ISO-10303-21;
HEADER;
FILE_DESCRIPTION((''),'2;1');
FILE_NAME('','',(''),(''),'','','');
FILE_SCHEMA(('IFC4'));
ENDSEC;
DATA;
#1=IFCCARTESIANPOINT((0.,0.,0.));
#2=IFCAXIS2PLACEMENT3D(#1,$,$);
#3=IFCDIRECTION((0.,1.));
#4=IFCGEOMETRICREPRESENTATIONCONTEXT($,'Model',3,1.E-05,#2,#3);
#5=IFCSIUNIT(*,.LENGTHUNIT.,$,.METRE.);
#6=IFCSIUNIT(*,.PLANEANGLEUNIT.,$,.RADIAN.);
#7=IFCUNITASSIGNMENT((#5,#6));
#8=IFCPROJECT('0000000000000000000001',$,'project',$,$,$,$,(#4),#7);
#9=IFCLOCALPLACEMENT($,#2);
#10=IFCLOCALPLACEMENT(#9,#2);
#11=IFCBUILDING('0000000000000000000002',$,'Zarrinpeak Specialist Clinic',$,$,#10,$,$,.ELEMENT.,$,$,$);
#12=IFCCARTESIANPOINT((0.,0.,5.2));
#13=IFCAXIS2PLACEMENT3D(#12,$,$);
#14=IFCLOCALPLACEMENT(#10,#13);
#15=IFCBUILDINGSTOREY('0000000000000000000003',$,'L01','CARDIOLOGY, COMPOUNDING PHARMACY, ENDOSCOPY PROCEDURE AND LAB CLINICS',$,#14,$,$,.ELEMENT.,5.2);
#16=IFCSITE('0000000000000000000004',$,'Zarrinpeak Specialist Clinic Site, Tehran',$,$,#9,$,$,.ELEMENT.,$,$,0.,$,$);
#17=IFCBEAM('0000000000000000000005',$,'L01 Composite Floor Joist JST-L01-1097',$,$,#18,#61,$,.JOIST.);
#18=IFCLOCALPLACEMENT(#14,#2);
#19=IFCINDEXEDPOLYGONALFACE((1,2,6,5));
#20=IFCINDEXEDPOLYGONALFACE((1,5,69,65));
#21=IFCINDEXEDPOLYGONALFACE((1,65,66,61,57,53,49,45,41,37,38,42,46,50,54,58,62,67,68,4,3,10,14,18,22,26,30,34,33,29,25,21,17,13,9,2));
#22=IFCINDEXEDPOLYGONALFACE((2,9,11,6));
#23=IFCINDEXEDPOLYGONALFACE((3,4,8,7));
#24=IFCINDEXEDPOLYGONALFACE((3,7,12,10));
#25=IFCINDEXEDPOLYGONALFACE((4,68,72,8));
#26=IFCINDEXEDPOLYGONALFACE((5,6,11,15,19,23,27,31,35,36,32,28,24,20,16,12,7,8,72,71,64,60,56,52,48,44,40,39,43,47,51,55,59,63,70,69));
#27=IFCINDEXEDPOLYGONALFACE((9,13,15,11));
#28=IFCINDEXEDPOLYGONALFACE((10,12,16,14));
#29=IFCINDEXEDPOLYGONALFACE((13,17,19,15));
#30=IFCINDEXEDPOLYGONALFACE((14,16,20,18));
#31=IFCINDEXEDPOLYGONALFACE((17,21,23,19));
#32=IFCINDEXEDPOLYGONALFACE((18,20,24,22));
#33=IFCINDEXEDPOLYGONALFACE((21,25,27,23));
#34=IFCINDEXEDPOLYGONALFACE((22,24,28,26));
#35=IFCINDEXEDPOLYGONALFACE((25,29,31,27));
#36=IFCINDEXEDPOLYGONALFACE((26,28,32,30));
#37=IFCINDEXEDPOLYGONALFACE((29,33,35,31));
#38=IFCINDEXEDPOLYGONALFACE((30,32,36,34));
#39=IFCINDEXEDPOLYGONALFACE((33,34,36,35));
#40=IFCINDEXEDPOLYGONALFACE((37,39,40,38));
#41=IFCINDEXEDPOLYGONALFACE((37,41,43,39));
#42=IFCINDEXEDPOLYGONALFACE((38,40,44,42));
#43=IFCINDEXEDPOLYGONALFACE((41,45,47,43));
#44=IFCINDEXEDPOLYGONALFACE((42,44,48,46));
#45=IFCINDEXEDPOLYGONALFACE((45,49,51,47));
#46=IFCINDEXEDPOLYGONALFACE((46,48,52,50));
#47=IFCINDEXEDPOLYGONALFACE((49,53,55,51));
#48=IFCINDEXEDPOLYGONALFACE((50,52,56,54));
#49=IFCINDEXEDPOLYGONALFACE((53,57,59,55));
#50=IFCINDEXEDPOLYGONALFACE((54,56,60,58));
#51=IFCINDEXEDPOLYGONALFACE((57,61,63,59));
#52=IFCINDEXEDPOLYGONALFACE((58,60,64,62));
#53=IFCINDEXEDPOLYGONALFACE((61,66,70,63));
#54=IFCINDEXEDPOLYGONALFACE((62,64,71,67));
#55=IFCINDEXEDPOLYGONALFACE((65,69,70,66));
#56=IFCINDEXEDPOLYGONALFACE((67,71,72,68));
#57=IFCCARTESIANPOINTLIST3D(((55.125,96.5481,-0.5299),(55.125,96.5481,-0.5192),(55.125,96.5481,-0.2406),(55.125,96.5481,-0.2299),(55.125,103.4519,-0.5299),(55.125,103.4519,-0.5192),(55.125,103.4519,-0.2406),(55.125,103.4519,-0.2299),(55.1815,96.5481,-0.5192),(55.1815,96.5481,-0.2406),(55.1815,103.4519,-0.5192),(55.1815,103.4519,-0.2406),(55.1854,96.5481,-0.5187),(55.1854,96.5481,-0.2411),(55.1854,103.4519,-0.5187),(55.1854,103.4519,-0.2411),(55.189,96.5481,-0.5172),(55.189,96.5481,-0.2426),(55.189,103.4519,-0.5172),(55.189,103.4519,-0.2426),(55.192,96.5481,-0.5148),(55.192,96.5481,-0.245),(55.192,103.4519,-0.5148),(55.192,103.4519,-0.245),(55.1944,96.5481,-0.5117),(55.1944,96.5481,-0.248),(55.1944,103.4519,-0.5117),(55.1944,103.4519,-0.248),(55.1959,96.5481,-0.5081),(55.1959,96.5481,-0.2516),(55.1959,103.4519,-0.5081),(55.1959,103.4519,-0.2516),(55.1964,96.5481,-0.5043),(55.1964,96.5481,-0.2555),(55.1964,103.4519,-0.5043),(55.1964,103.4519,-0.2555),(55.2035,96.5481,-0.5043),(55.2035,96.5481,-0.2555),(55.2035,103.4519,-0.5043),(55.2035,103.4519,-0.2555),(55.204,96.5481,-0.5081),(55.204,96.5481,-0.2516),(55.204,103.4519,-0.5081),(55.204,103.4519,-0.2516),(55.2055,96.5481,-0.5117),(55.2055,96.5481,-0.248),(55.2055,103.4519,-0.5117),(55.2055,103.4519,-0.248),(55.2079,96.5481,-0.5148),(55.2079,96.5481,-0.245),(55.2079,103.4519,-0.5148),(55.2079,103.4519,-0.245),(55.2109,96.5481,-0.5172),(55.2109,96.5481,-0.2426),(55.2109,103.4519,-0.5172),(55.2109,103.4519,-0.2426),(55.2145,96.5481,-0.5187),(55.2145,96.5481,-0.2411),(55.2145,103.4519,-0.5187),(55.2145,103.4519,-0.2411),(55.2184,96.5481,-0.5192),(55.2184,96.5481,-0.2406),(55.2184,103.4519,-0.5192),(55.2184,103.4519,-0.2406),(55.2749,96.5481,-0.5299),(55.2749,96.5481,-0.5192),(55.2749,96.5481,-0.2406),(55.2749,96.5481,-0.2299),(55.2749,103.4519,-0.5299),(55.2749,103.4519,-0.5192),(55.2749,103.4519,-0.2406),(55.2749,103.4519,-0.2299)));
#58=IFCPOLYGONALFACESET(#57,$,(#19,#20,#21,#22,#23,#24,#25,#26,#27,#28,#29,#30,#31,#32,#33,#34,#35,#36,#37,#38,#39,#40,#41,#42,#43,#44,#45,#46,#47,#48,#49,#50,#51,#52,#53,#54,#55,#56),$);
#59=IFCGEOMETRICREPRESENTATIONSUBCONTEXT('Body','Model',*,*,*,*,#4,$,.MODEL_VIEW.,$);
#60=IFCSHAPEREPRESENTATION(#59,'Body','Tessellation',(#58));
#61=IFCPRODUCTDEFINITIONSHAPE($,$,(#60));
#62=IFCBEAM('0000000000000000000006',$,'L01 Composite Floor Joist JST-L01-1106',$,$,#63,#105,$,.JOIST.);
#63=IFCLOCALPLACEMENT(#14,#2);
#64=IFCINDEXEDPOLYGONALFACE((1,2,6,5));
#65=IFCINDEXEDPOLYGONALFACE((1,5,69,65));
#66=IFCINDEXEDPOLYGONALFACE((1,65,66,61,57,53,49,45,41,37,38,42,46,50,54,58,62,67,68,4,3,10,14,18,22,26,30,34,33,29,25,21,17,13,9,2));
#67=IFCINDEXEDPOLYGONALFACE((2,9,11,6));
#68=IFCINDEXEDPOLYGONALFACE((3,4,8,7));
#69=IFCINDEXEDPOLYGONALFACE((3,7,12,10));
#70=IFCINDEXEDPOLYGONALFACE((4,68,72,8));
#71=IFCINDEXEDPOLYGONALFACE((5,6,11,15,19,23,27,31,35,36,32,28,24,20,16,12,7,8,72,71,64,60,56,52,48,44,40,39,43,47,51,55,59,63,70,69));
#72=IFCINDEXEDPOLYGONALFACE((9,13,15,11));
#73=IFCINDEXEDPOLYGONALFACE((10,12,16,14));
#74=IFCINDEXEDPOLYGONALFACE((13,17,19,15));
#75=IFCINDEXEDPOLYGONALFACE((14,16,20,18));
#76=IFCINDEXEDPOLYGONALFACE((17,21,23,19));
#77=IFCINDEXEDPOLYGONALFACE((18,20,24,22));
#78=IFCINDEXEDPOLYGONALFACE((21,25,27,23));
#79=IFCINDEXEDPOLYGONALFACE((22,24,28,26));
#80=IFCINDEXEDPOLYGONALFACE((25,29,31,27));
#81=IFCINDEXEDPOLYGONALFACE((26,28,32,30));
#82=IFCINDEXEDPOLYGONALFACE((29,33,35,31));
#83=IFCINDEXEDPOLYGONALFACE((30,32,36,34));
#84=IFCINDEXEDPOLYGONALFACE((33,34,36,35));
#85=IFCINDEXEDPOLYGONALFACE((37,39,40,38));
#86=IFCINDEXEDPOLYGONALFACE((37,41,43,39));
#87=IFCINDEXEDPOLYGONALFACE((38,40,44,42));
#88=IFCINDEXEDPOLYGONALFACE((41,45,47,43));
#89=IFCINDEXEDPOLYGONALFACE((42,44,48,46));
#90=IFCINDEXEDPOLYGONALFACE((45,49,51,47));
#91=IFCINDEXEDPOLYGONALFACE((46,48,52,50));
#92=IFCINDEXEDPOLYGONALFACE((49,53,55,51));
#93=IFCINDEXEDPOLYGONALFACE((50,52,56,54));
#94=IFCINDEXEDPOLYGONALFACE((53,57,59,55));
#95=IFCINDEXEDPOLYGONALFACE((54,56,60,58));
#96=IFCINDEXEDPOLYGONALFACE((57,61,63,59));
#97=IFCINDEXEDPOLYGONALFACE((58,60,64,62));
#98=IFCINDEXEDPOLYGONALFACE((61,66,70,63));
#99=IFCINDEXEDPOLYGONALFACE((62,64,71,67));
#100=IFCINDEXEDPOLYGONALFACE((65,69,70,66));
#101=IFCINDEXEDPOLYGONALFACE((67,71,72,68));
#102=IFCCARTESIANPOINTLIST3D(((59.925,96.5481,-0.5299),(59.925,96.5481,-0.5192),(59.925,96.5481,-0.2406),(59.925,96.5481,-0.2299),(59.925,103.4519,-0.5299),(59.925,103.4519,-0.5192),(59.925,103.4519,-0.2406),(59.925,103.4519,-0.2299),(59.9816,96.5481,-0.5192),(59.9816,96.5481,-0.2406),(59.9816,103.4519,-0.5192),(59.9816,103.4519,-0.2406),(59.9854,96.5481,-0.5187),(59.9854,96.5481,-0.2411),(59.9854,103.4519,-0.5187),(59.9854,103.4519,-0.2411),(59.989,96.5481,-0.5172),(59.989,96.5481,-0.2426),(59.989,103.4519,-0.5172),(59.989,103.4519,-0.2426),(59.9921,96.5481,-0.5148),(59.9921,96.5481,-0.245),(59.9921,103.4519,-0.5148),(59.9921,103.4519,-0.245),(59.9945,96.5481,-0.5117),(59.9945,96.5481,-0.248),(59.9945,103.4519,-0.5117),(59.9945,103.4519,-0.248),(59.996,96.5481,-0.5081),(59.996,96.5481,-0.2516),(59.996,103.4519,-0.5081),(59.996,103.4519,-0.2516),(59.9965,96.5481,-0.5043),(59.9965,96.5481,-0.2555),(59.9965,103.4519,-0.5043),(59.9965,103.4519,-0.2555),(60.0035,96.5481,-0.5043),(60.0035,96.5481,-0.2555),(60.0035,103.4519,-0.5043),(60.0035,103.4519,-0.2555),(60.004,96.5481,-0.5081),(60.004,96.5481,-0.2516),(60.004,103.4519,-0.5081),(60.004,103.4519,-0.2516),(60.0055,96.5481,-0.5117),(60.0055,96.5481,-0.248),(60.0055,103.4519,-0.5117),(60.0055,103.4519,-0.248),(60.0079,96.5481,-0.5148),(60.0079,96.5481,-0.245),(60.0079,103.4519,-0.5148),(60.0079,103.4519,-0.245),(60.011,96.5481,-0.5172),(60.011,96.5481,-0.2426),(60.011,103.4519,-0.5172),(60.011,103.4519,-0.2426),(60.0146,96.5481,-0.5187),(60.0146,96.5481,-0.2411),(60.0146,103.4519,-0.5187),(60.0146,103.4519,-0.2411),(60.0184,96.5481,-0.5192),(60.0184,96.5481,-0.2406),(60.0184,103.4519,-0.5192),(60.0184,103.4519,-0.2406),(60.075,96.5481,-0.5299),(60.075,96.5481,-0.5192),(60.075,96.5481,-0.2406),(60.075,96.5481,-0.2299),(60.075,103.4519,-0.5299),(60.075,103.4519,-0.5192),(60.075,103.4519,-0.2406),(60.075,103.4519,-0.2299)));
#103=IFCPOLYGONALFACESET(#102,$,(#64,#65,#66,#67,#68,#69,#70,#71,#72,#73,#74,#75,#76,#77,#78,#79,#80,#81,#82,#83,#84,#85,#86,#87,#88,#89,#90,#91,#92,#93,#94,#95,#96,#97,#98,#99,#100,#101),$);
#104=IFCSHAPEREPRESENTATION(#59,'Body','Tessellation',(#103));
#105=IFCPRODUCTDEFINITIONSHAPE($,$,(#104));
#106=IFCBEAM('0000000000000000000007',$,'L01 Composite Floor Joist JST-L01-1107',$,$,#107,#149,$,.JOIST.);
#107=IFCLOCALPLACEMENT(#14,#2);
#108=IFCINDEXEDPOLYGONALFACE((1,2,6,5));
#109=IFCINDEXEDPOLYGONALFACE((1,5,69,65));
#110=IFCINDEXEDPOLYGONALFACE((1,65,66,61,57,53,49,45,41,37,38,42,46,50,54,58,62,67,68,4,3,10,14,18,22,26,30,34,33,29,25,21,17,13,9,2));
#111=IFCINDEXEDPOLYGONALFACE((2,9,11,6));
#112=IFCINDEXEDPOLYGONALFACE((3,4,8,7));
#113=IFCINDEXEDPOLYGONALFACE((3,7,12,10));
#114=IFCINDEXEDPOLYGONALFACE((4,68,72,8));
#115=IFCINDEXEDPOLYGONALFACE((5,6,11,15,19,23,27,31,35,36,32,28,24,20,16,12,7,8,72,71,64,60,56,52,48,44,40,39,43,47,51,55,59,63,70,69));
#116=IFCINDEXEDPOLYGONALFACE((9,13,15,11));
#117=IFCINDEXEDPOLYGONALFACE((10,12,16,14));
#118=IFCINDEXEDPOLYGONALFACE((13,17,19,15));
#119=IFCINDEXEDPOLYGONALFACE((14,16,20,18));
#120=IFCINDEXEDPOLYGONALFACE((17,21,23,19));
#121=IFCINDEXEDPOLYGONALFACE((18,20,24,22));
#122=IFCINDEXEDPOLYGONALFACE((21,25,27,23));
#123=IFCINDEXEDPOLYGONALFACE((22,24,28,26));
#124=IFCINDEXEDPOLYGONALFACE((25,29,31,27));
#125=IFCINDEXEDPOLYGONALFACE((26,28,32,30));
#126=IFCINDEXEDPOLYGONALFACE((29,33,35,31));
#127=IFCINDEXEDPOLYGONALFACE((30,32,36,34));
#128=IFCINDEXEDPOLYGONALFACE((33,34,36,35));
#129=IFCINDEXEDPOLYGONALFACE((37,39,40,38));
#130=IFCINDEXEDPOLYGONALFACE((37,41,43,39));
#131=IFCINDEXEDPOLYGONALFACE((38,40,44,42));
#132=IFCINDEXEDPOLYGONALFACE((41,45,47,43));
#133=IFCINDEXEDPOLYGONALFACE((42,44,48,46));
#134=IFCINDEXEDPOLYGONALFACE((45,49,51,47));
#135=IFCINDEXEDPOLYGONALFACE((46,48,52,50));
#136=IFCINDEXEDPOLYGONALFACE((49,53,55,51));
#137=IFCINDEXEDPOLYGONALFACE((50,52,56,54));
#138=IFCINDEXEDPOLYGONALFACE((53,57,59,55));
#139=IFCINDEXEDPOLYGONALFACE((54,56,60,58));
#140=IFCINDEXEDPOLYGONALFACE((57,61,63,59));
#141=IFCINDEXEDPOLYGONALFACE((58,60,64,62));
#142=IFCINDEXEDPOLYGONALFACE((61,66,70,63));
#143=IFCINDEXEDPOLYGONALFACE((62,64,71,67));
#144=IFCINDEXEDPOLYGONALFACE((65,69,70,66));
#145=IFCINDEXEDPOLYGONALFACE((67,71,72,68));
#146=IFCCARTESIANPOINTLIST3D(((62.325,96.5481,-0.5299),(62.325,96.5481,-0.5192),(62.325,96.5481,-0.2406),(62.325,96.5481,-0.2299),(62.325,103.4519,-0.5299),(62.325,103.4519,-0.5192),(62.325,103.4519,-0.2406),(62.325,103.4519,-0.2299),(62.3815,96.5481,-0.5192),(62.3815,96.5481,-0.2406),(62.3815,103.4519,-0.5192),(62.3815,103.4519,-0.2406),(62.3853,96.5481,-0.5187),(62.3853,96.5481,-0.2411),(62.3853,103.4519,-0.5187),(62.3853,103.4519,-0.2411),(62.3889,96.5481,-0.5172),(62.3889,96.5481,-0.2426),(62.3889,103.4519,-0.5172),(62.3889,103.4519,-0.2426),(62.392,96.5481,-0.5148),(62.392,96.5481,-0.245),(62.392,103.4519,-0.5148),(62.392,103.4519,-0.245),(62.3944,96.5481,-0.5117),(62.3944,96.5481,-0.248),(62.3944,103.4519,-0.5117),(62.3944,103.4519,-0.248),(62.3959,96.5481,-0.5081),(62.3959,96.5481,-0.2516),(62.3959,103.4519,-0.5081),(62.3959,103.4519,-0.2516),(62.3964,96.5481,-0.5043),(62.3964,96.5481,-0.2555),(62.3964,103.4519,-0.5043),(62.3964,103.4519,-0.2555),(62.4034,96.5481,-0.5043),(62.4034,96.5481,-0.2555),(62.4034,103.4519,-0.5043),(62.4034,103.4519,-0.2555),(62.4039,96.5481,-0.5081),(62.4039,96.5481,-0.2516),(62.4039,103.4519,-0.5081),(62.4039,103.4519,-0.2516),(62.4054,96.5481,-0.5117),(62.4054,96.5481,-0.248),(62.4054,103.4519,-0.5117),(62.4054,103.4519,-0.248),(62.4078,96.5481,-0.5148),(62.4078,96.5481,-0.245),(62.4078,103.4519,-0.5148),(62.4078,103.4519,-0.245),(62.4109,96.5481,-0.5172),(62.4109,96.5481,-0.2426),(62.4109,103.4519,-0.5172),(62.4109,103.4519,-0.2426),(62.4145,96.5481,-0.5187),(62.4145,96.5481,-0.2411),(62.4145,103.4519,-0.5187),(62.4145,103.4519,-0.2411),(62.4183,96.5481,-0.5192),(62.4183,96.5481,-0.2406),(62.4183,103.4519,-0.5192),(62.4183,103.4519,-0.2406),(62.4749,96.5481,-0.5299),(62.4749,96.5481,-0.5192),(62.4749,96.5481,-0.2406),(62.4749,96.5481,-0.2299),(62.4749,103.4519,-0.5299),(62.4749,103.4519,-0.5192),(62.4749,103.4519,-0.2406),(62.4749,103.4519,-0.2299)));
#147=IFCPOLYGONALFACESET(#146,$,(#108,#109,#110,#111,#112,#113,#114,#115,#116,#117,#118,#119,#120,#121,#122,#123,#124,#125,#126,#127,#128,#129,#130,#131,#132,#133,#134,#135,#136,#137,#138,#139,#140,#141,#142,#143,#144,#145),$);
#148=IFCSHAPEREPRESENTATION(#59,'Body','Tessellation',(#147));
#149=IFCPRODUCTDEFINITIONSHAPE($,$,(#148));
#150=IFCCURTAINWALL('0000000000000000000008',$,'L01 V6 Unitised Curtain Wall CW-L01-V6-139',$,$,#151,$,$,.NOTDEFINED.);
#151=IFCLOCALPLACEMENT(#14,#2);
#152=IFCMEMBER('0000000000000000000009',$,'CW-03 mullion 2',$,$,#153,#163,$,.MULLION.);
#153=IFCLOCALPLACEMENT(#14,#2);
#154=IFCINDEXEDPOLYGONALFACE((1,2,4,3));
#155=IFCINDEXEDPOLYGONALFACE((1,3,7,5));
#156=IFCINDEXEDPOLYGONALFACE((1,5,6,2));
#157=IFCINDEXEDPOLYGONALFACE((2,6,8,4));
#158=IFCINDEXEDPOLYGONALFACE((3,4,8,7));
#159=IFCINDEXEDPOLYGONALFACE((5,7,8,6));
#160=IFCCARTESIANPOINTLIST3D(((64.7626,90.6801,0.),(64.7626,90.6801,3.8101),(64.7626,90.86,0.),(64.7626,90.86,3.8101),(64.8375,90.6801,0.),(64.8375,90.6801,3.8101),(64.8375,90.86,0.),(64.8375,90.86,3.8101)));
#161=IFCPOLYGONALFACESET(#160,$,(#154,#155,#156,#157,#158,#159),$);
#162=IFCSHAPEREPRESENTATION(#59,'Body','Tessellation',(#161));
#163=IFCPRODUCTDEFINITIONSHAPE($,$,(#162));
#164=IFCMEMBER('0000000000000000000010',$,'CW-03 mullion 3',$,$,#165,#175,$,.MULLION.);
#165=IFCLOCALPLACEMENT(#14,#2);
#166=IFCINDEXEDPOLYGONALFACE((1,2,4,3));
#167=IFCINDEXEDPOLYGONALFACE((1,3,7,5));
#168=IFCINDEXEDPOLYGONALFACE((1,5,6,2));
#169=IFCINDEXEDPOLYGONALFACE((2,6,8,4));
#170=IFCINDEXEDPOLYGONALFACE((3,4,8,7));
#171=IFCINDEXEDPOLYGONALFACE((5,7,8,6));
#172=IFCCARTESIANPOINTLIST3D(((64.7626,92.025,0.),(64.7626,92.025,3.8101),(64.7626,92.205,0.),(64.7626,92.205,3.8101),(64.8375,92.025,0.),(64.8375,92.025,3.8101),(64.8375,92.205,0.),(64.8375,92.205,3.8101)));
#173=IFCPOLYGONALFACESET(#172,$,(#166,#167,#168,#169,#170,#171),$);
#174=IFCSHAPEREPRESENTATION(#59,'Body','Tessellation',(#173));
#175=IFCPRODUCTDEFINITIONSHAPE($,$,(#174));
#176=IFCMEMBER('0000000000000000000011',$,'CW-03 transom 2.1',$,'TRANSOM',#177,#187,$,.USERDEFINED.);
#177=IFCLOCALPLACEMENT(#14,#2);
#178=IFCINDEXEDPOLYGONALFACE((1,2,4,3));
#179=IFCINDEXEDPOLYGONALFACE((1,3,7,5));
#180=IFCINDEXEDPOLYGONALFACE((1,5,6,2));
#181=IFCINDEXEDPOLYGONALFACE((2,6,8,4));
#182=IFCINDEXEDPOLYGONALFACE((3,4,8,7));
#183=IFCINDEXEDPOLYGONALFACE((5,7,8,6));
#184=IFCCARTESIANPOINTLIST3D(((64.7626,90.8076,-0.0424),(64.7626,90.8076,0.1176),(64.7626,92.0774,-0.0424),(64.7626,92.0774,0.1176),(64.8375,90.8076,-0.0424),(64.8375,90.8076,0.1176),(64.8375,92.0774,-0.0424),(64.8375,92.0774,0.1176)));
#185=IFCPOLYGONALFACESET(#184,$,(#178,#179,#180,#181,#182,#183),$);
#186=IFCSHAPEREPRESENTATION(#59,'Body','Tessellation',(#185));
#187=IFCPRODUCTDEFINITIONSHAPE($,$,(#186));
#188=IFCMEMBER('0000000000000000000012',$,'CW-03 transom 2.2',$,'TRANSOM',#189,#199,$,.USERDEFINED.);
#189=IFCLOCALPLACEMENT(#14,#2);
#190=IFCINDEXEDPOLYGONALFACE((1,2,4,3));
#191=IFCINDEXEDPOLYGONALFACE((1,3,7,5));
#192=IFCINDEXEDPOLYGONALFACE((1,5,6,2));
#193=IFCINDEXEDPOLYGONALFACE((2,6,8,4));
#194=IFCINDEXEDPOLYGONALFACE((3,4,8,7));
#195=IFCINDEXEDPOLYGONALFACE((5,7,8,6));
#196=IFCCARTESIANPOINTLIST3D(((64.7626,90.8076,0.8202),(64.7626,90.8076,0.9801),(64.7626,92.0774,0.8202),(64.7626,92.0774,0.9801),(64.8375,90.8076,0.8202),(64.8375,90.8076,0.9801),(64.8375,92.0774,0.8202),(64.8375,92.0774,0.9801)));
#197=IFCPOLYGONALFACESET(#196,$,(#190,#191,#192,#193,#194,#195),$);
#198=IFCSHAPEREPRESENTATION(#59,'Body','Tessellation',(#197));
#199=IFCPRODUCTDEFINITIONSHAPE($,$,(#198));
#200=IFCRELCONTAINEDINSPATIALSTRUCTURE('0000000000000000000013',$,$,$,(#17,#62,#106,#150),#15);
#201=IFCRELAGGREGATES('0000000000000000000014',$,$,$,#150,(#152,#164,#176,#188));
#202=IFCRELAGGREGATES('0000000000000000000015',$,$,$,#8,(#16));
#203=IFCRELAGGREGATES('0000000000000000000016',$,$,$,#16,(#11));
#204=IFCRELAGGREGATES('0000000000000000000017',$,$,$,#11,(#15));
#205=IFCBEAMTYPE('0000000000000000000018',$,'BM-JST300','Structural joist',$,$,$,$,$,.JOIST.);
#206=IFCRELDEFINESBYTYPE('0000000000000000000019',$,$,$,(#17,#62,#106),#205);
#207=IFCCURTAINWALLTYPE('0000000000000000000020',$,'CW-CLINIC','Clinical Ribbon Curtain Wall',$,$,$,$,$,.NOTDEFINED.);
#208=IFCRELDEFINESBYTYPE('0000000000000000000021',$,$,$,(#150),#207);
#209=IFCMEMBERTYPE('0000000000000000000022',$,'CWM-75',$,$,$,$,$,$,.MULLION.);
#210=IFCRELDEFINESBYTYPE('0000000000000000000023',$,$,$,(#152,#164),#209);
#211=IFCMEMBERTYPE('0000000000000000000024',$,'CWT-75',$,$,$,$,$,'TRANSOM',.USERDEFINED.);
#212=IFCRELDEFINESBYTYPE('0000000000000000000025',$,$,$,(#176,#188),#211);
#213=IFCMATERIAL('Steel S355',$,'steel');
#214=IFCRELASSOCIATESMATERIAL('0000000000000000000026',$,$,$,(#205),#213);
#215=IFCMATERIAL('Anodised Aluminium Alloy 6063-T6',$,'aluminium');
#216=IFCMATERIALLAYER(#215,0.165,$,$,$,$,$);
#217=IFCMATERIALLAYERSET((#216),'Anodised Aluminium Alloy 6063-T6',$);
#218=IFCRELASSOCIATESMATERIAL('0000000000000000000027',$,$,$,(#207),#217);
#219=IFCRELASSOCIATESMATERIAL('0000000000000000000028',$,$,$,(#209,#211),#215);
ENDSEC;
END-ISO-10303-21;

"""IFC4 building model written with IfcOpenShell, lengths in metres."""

from ifc_helpers import new_model, si_unit, direction, frame, origin, origin_2d, place, context, subcontext, project, spatial, rectangle, i_section, extrude, material, layer, layer_set, material_profile, profile_set, type_object, element, aggregate, save


model = new_model("IFC4")

# Units and contexts
model_context = context("Model", 3, precision=1e-05, world=origin(), true_north=direction((0.0, 1.0)))
body_context = subcontext(model_context, "Body", "Model", "MODEL_VIEW")
ifc_project = project(units=[si_unit("LENGTHUNIT", "METRE"), si_unit("PLANEANGLEUNIT", "RADIAN")], contexts=[model_context])

# Site, building, storey
site_placement = place(None, origin())
site = spatial("IfcSite", under=ifc_project, at=site_placement, Name="Zarrinpeak Specialist Clinic Site, Tehran", CompositionType="ELEMENT", RefElevation=0.0)
building_placement = place(site_placement, origin())
building = spatial("IfcBuilding", under=site, at=building_placement, Name="Zarrinpeak Specialist Clinic", CompositionType="ELEMENT")
storey_placement = place(building_placement, frame((0.0, 0.0, 5.2)))
storey = spatial("IfcBuildingStorey", under=building, at=storey_placement, Name="L01", Description="CARDIOLOGY, COMPOUNDING PHARMACY, ENDOSCOPY PROCEDURE AND LAB CLINICS", CompositionType="ELEMENT", Elevation=5.2)

# Shared definitions
ifc_material_1 = material(Name="Steel S355", Category="steel")

# Beams
ifc_material_profile_1 = material_profile(ifc_material_1, i_section(OverallWidth=0.1499, OverallDepth=0.3, WebThickness=0.0071, FlangeThickness=0.0107, FilletRadius=0.0149, at=origin_2d()), Name="IPE 300")
ifc_profile_set_1 = profile_set([ifc_material_profile_1], Name="Steel S355")
beam_type_1 = type_object("IfcBeamType", Name="BM-JST300", Description="Structural joist", PredefinedType="JOIST", material=ifc_profile_set_1)
for number, where, z_axis, x_axis, name in (
    (1, (55.2, 96.5481, -0.3799), (0.0, 1.0, 0.0), (-1.0, 0.0, 0.0), "L01 Composite Floor Joist JST-L01-1097"),
    (2, (60.0, 96.5481, -0.3799), (0.0, 1.0, 0.0), (-1.0, 0.0, 0.0), "L01 Composite Floor Joist JST-L01-1106"),
    (3, (62.3999, 96.5481, -0.3799), (0.0, 1.0, 0.0), (-1.0, 0.0, 0.0), "L01 Composite Floor Joist JST-L01-1107"),
):
    element("IfcBeam", number, at=place(storey_placement, frame(where, z_axis=z_axis, x_axis=x_axis)), inside=storey, type_object=beam_type_1, Name=name, PredefinedType="JOIST", context=body_context, shape_type="SweptSolid", body=[
        extrude(i_section(OverallWidth=0.1499, OverallDepth=0.3, WebThickness=0.0071, FlangeThickness=0.0107, FilletRadius=0.0149, at=origin_2d()), origin(), (0.0, 0.0, 1.0), 6.9038),
    ])

# Curtain wall, members
ifc_material_2 = material(Name="Anodised Aluminium Alloy 6063-T6", Category="aluminium")
ifc_layer_1 = layer(ifc_material_2, 0.165)
ifc_layer_set_1 = layer_set([ifc_layer_1], Name="Anodised Aluminium Alloy 6063-T6")
curtain_wall_type = type_object("IfcCurtainWallType", Name="CW-CLINIC", Description="Clinical Ribbon Curtain Wall", PredefinedType="NOTDEFINED", material=ifc_layer_set_1)
curtain_wall_placement = place(storey_placement, origin())
curtain_wall = element("IfcCurtainWall", 4, at=curtain_wall_placement, inside=storey, type_object=curtain_wall_type, Name="L01 V6 Unitised Curtain Wall CW-L01-V6-139", PredefinedType="NOTDEFINED")
ifc_material_profile_2 = material_profile(ifc_material_2, rectangle(XDim=0.075, YDim=0.1799, at=origin_2d()), Name="ALU 75x180")
ifc_profile_set_2 = profile_set([ifc_material_profile_2], Name="Anodised Aluminium Alloy 6063-T6")
member_type_1 = type_object("IfcMemberType", Name="CWM-75", PredefinedType="MULLION", material=ifc_profile_set_2)
member_1_placement = place(storey_placement, frame((64.8, 90.77, 0.0), z_axis=(0.0, 0.0, 1.0), x_axis=(-1.0, 0.0, 0.0)))
member_1 = element("IfcMember", 5, at=member_1_placement, type_object=member_type_1, Name="CW-03 mullion 2", PredefinedType="MULLION", context=body_context, shape_type="SweptSolid", body=[
    extrude(rectangle(XDim=0.075, YDim=0.1799, at=origin_2d()), origin(), (0.0, 0.0, 1.0), 3.8101),
])
member_2_placement = place(storey_placement, frame((64.8, 92.115, 0.0), z_axis=(0.0, 0.0, 1.0), x_axis=(-1.0, 0.0, 0.0)))
member_2 = element("IfcMember", 6, at=member_2_placement, type_object=member_type_1, Name="CW-03 mullion 3", PredefinedType="MULLION", context=body_context, shape_type="SweptSolid", body=[
    extrude(rectangle(XDim=0.075, YDim=0.1799, at=origin_2d()), origin(), (0.0, 0.0, 1.0), 3.8101),
])
ifc_material_profile_3 = material_profile(ifc_material_2, rectangle(XDim=0.075, YDim=0.1599, at=origin_2d()), Name="ALU 75x160")
ifc_profile_set_3 = profile_set([ifc_material_profile_3], Name="Anodised Aluminium Alloy 6063-T6")
member_type_2 = type_object("IfcMemberType", Name="CWT-75", ElementType="TRANSOM", PredefinedType="USERDEFINED", material=ifc_profile_set_3)
member_3_placement = place(storey_placement, frame((64.8, 90.8076, 0.0376), z_axis=(0.0, 1.0, 0.0), x_axis=(-1.0, 0.0, 0.0)))
member_3 = element("IfcMember", 7, at=member_3_placement, type_object=member_type_2, Name="CW-03 transom 2.1", ObjectType="TRANSOM", PredefinedType="USERDEFINED", context=body_context, shape_type="SweptSolid", body=[
    extrude(rectangle(XDim=0.075, YDim=0.1599, at=origin_2d()), origin(), (0.0, 0.0, 1.0), 1.2698),
])
member_4_placement = place(storey_placement, frame((64.8, 90.8076, 0.9001), z_axis=(0.0, 1.0, 0.0), x_axis=(-1.0, 0.0, 0.0)))
member_4 = element("IfcMember", 8, at=member_4_placement, type_object=member_type_2, Name="CW-03 transom 2.2", ObjectType="TRANSOM", PredefinedType="USERDEFINED", context=body_context, shape_type="SweptSolid", body=[
    extrude(rectangle(XDim=0.075, YDim=0.1599, at=origin_2d()), origin(), (0.0, 0.0, 1.0), 1.2698),
])

aggregate(curtain_wall, [member_1, member_2, member_3, member_4])

save(model, "model.ifc")
